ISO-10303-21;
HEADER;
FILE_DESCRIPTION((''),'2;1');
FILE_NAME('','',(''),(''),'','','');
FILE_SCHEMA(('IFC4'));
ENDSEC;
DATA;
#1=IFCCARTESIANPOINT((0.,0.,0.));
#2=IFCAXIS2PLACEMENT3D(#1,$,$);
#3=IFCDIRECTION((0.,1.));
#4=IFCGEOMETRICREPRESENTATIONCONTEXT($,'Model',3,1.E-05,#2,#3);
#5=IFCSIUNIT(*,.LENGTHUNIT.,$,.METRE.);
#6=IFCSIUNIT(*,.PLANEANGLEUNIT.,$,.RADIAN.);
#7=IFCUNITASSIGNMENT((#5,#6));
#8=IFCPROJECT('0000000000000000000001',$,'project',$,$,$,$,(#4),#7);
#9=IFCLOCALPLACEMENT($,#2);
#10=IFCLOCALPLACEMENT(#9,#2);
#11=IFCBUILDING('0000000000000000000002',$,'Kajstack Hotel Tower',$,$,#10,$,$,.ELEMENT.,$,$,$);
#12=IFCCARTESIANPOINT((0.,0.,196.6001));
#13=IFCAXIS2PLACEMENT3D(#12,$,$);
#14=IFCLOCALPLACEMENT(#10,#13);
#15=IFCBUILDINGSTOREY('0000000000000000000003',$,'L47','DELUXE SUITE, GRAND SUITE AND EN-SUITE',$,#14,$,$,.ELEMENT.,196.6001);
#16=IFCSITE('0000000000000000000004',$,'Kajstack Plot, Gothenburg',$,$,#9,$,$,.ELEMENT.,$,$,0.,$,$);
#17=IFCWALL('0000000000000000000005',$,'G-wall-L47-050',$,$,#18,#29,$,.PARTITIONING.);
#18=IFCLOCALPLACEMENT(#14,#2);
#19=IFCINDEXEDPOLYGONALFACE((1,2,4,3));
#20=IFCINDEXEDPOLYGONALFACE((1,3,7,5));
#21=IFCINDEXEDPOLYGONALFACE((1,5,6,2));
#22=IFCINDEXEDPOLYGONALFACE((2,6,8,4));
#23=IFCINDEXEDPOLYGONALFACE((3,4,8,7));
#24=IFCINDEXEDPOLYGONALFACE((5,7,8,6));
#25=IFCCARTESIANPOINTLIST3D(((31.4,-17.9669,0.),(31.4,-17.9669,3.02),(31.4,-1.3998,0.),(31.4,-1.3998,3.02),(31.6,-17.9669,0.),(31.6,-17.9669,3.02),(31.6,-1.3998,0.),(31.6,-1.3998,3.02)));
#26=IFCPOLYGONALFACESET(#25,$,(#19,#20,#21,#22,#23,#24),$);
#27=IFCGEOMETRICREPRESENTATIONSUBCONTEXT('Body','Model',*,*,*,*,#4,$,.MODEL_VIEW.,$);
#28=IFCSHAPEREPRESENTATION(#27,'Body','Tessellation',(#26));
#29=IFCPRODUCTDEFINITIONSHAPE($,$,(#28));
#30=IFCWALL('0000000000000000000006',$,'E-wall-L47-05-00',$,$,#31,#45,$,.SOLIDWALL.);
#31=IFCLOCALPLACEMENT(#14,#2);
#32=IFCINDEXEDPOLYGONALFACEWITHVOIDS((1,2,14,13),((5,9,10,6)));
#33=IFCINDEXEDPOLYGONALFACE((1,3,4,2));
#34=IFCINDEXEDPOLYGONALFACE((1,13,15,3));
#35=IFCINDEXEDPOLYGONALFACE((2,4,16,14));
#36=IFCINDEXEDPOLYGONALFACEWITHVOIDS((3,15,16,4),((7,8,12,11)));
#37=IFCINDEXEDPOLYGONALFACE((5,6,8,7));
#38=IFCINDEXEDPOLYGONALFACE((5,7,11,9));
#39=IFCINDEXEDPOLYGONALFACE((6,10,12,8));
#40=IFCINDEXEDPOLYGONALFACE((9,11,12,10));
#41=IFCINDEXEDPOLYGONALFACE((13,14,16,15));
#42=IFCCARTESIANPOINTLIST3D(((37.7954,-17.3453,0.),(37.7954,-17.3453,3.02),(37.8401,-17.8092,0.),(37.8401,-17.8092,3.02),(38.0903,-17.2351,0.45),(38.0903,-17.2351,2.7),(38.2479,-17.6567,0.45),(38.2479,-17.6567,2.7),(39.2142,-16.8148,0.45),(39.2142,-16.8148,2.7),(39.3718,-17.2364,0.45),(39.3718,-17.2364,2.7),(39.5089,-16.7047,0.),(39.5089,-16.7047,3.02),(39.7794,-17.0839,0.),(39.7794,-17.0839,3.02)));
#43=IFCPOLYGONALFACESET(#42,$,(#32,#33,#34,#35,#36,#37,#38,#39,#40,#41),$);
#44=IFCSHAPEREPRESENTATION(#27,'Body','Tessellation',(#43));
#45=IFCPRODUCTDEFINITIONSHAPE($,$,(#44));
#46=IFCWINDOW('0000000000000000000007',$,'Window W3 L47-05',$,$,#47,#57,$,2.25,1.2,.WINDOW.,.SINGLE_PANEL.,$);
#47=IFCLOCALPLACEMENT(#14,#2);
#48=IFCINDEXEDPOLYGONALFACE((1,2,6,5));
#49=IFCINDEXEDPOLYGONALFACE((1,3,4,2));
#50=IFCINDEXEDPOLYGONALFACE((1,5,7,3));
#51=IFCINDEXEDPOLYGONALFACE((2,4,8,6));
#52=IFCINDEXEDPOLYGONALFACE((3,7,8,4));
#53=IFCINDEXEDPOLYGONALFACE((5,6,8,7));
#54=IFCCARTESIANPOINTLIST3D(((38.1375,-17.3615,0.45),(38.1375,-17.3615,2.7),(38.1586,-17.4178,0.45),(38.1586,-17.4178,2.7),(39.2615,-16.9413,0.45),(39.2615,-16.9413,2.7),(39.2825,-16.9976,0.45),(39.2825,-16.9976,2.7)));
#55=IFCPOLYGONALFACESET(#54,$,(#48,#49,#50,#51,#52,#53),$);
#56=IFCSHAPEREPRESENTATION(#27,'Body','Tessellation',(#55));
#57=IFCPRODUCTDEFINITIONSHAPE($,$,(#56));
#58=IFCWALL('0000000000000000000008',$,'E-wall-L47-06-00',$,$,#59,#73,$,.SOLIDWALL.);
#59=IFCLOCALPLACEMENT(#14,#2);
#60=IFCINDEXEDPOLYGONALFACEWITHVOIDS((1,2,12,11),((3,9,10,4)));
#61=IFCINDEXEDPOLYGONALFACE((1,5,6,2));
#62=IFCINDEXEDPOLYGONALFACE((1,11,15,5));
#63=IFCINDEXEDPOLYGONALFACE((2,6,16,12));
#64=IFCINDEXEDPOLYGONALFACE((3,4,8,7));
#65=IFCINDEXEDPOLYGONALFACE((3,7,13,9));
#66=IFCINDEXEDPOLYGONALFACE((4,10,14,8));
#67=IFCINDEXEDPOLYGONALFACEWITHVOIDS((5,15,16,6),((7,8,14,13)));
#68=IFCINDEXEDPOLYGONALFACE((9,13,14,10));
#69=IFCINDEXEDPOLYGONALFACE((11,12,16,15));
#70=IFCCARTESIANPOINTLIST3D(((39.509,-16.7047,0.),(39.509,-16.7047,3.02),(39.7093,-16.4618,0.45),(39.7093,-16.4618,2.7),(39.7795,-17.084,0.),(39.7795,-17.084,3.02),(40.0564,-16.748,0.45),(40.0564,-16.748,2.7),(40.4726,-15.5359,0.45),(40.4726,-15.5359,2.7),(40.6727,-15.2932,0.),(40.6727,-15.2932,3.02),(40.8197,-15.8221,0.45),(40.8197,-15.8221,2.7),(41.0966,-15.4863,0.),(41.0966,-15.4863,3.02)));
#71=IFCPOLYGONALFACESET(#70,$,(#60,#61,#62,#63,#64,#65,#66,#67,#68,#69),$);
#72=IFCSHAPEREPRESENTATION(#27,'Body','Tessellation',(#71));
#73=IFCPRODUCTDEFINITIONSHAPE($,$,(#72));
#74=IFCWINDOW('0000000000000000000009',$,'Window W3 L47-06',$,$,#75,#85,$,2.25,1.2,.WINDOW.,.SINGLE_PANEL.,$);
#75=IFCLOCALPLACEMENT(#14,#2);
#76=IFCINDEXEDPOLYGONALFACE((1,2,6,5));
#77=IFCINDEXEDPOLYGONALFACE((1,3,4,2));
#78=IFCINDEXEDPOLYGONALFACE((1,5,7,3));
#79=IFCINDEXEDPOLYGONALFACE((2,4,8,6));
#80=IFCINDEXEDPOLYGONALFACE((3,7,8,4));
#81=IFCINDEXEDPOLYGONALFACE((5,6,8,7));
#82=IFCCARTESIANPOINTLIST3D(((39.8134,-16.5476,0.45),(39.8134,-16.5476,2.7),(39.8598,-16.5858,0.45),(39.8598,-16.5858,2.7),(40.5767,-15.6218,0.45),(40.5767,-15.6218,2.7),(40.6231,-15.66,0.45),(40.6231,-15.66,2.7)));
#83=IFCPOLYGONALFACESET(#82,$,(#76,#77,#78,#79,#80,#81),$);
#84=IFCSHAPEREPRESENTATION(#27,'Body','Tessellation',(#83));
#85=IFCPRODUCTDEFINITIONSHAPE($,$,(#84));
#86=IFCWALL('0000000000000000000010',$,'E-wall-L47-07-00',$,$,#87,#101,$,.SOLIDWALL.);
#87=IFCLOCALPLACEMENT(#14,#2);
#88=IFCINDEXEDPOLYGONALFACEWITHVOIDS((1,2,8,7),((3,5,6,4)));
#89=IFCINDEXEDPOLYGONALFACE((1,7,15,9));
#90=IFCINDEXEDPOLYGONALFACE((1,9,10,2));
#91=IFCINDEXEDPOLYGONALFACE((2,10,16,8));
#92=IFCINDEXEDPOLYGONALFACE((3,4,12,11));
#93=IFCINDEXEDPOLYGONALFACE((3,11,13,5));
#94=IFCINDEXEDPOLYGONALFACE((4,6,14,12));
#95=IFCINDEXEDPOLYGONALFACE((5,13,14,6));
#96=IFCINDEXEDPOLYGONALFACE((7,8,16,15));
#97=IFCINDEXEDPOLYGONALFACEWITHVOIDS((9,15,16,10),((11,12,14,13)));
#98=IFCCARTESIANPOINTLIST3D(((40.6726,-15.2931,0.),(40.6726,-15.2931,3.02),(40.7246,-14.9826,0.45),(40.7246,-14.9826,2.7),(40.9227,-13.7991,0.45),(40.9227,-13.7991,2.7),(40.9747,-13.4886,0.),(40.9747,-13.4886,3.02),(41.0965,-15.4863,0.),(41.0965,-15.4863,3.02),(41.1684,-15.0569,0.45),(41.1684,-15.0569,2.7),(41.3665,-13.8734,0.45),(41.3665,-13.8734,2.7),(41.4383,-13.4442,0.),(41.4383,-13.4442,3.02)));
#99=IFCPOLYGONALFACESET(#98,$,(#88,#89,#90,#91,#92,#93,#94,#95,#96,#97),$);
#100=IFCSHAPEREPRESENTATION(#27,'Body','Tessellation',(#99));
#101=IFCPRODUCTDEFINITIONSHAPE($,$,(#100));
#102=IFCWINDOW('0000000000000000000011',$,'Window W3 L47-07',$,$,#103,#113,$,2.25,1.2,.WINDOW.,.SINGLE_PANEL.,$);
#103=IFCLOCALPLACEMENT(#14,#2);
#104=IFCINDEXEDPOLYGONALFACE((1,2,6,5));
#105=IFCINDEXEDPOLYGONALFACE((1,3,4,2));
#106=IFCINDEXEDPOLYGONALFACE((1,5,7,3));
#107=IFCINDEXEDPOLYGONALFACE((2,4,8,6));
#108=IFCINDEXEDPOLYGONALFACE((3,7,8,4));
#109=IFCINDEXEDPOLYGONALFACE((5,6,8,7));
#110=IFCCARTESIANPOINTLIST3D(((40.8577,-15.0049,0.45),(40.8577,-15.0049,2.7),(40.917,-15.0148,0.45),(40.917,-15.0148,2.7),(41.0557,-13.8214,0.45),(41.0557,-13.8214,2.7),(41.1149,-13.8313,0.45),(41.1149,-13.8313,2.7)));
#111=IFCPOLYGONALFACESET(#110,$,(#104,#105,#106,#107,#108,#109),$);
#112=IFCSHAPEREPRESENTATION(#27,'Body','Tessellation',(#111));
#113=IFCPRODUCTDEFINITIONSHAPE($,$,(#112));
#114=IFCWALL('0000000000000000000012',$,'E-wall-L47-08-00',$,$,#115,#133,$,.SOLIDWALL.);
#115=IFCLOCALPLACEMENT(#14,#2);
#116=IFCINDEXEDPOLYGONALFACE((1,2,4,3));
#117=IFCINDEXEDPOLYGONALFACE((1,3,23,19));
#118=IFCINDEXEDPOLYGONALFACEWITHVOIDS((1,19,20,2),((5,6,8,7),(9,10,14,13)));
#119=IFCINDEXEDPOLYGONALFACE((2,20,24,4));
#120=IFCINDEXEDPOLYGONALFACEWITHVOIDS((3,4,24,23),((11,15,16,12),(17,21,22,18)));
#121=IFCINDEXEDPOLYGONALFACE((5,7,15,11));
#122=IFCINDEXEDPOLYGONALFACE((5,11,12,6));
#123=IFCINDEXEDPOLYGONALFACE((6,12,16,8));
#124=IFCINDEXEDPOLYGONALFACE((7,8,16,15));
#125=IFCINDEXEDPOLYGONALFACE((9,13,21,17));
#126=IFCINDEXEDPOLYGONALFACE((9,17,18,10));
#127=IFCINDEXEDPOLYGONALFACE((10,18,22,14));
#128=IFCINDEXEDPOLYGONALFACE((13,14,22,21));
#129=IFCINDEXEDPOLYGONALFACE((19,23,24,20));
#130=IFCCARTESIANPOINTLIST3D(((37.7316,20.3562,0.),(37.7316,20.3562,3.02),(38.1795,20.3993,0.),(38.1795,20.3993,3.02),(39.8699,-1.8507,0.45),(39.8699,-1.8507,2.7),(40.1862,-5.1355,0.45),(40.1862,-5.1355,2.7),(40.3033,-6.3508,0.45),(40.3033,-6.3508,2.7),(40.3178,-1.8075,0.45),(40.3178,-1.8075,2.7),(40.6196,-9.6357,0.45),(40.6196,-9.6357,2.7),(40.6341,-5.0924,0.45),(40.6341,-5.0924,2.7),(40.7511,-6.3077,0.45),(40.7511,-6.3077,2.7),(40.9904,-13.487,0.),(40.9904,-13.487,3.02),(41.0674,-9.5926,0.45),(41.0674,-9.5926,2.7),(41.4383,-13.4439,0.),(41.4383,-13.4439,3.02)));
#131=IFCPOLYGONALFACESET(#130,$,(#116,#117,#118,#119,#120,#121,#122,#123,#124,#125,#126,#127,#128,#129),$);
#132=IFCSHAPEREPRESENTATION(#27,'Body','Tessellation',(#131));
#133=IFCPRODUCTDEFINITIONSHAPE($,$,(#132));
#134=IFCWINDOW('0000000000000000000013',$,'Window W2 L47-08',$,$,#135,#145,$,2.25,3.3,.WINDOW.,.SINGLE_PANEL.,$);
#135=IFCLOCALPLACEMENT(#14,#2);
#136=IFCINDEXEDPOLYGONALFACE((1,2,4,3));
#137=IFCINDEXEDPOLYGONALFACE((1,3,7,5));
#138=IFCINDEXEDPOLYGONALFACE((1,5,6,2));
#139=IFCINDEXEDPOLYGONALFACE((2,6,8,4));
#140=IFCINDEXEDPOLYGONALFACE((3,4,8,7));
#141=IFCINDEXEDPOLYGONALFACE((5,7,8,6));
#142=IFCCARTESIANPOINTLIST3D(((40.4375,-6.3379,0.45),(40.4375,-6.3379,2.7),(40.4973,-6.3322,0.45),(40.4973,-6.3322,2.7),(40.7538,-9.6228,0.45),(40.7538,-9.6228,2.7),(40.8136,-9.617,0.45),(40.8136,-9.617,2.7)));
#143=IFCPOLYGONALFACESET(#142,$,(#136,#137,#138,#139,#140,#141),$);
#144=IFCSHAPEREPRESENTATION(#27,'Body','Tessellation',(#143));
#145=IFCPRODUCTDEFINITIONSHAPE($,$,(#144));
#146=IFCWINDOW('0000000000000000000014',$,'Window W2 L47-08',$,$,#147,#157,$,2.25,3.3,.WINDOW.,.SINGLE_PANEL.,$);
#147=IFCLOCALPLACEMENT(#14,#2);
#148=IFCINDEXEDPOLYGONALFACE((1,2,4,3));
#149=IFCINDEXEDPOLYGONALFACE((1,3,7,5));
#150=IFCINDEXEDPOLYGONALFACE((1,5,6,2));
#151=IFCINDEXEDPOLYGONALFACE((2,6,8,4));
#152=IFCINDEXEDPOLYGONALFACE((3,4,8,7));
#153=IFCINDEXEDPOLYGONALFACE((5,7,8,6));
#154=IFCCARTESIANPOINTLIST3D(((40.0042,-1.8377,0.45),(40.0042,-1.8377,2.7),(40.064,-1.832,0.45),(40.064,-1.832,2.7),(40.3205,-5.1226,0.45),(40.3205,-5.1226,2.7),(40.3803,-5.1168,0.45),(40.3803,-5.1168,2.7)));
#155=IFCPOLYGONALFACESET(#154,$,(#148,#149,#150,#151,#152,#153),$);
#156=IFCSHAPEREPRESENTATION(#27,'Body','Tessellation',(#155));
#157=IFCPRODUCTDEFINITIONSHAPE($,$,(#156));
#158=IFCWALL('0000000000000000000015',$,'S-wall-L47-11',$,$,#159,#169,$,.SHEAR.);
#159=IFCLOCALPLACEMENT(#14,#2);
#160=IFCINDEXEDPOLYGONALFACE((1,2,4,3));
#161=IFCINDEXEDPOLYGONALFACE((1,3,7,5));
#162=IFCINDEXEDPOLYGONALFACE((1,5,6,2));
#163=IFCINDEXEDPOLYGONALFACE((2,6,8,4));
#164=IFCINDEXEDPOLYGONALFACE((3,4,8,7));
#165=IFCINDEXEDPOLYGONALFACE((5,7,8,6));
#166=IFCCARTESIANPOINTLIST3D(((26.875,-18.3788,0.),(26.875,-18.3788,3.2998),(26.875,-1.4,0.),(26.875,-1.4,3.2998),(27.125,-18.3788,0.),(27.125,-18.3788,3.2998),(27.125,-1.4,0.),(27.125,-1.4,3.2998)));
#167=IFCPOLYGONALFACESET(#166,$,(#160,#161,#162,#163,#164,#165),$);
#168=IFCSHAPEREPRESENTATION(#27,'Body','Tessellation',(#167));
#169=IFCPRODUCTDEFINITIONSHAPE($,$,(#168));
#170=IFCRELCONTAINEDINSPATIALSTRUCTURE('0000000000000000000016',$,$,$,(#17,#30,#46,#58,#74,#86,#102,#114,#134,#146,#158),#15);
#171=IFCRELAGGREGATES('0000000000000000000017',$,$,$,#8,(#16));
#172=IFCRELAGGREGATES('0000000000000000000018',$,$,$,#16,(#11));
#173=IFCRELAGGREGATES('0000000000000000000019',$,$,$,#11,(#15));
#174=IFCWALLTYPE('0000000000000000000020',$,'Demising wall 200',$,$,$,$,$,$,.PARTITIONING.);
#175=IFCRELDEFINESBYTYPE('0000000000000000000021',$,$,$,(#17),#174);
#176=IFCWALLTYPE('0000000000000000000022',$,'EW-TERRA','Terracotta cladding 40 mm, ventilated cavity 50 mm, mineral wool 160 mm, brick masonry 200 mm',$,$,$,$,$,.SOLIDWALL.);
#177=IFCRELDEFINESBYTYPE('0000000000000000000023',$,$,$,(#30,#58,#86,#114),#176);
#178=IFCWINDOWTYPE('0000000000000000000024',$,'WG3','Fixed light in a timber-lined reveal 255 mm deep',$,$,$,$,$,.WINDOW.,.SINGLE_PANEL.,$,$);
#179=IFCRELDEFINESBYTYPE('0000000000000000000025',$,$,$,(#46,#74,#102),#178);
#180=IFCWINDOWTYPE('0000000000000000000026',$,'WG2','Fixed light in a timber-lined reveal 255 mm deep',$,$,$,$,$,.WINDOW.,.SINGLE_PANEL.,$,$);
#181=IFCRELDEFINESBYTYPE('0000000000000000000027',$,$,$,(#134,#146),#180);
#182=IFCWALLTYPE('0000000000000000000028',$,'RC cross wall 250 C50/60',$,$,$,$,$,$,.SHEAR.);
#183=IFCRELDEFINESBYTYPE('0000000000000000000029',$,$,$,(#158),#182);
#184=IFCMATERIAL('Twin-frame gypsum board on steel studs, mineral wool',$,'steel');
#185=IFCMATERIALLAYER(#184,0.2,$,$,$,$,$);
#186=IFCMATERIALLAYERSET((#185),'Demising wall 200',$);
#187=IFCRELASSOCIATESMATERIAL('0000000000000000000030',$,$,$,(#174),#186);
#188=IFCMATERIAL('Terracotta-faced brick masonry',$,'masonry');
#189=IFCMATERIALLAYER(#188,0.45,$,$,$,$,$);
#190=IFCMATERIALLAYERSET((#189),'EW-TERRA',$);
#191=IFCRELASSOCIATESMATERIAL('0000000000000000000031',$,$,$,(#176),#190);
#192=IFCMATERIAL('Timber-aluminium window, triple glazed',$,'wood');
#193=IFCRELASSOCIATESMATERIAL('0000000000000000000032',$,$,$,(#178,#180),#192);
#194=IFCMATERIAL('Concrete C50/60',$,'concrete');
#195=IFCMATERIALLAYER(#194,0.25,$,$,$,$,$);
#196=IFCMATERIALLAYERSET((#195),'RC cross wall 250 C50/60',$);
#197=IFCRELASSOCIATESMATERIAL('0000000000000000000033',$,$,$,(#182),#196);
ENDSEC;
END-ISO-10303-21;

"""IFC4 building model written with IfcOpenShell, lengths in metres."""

from ifc_helpers import new_model, si_unit, direction, frame, frame_2d, origin, place, context, subcontext, project, spatial, polyline, rectangle, outline, extrude, material, layer, layer_set, type_object, element, fill, save


model = new_model("IFC4")

# Units and contexts
model_context = context("Model", 3, precision=1e-05, world=origin(), true_north=direction((0.0, 1.0)))
body_context = subcontext(model_context, "Body", "Model", "MODEL_VIEW")
ifc_project = project(units=[si_unit("LENGTHUNIT", "METRE"), si_unit("PLANEANGLEUNIT", "RADIAN")], contexts=[model_context])

# Site, building, storey
site_placement = place(None, origin())
site = spatial("IfcSite", under=ifc_project, at=site_placement, Name="Kajstack Plot, Gothenburg", CompositionType="ELEMENT", RefElevation=0.0)
building_placement = place(site_placement, origin())
building = spatial("IfcBuilding", under=site, at=building_placement, Name="Kajstack Hotel Tower", CompositionType="ELEMENT")
storey_placement = place(building_placement, frame((0.0, 0.0, 196.6001)))
storey = spatial("IfcBuildingStorey", under=building, at=storey_placement, Name="L47", Description="DELUXE SUITE, GRAND SUITE AND EN-SUITE", CompositionType="ELEMENT", Elevation=196.6001)

# Wall
ifc_material_1 = material(Name="Twin-frame gypsum board on steel studs, mineral wool", Category="steel")
ifc_layer_1 = layer(ifc_material_1, 0.2)
ifc_layer_set_1 = layer_set([ifc_layer_1], Name="Demising wall 200")
wall_type_1 = type_object("IfcWallType", Name="Demising wall 200", PredefinedType="PARTITIONING", material=ifc_layer_set_1)
wall_1_placement = place(storey_placement, frame((31.5, -17.967, 0.0), z_axis=(0.0, 0.0, 1.0), x_axis=(0.0, 1.0, 0.0)))
element("IfcWall", 1, at=wall_1_placement, inside=storey, type_object=wall_type_1, Name="G-wall-L47-050", PredefinedType="PARTITIONING", context=body_context, shape_type="SweptSolid", body=[
    extrude(rectangle(XDim=16.5671, YDim=0.2, at=frame_2d((8.2837, 0.0))), origin(), (0.0, 0.0, 1.0), 3.02),
])

# Walls, openings, windows
ifc_material_2 = material(Name="Terracotta-faced brick masonry", Category="masonry")
ifc_layer_2 = layer(ifc_material_2, 0.45)
ifc_layer_set_2 = layer_set([ifc_layer_2], Name="EW-TERRA")
wall_type_2 = type_object("IfcWallType", Name="EW-TERRA", Description="Terracotta cladding 40 mm, ventilated cavity 50 mm, mineral wool 160 mm, brick masonry 200 mm", PredefinedType="SOLIDWALL", material=ifc_layer_set_2)
wall_2_placement = place(storey_placement, frame((37.7612, -17.5984, 0.0), z_axis=(0.0, 0.0, 1.0), x_axis=(0.936678, 0.350193, 0.0)))
wall_2 = element("IfcWall", 2, at=wall_2_placement, inside=storey, type_object=wall_type_2, Name="E-wall-L47-05-00", PredefinedType="SOLIDWALL", context=body_context, shape_type="SweptSolid", body=[
    extrude(outline(polyline([(0.0, -0.2251), (2.0706, -0.2249), (1.95, 0.2251), (0.1206, 0.2251), (0.0, -0.2251)])), origin(), (0.0, 0.0, 1.0), 3.02),
])
opening_1_placement = place(wall_2_placement, frame((0.4353, 0.0, 0.45)))
opening_1 = element("IfcOpeningElement", 3, at=opening_1_placement, cuts=wall_2, PredefinedType="OPENING", context=body_context, shape_type="SweptSolid", body=[
    extrude(rectangle(XDim=1.2, YDim=2.25, at=frame_2d((0.6001, 1.125))), frame((0.0, 0.2349, 0.0), z_axis=(0.0, -1.0, 0.0), x_axis=(1.0, 0.0, 0.0)), (0.0, 0.0, 1.0), 0.47),
])
ifc_material_3 = material(Name="Timber-aluminium window, triple glazed", Category="wood")
window_type_1 = type_object("IfcWindowType", Name="WG3", Description="Fixed light in a timber-lined reveal 255 mm deep", PartitioningType="SINGLE_PANEL", PredefinedType="WINDOW", material=ifc_material_3)
window_1_placement = place(opening_1_placement, origin())
window_1 = element("IfcWindow", 4, at=window_1_placement, inside=storey, type_object=window_type_1, Name="Window W3 L47-05", OverallHeight=2.25, OverallWidth=1.2, PartitioningType="SINGLE_PANEL", PredefinedType="WINDOW", context=body_context, shape_type="SweptSolid", body=[
    extrude(rectangle(XDim=1.2, YDim=2.25, at=frame_2d((0.6001, 1.125))), frame((0.0, 0.0901, 0.0), z_axis=(0.0, -1.0, 0.0), x_axis=(1.0, 0.0, 0.0)), (0.0, 0.0, 1.0), 0.0601),
])
fill(opening_1, window_1)
wall_3_placement = place(storey_placement, frame((39.606, -16.9409, 0.0), z_axis=(0.0, 0.0, 1.0), x_axis=(0.636116, 0.771593, 0.0)))
wall_3 = element("IfcWall", 5, at=wall_3_placement, inside=storey, type_object=wall_type_2, Name="E-wall-L47-06-00", PredefinedType="SOLIDWALL", context=body_context, shape_type="SweptSolid", body=[
    extrude(outline(polyline([(0.0, -0.2249), (2.0706, -0.2249), (1.95, 0.2251), (0.1206, 0.2251), (0.0, -0.2249)])), origin(), (0.0, 0.0, 1.0), 3.02),
])
opening_2_placement = place(wall_3_placement, frame((0.4353, 0.0, 0.45)))
opening_2 = element("IfcOpeningElement", 6, at=opening_2_placement, cuts=wall_3, PredefinedType="OPENING", context=body_context, shape_type="SweptSolid", body=[
    extrude(rectangle(XDim=1.2, YDim=2.25, at=frame_2d((0.6001, 1.125))), frame((0.0, 0.2349, 0.0), z_axis=(0.0, -1.0, 0.0), x_axis=(1.0, 0.0, 0.0)), (0.0, 0.0, 1.0), 0.47),
])
window_2_placement = place(opening_2_placement, origin())
window_2 = element("IfcWindow", 7, at=window_2_placement, inside=storey, type_object=window_type_1, Name="Window W3 L47-06", OverallHeight=2.25, OverallWidth=1.2, PartitioningType="SINGLE_PANEL", PredefinedType="WINDOW", context=body_context, shape_type="SweptSolid", body=[
    extrude(rectangle(XDim=1.2, YDim=2.25, at=frame_2d((0.6001, 1.125))), frame((0.0, 0.0901, 0.0), z_axis=(0.0, -1.0, 0.0), x_axis=(1.0, 0.0, 0.0)), (0.0, 0.0, 1.0), 0.0601),
])
fill(opening_2, window_2)
wall_4_placement = place(storey_placement, frame((40.8748, -15.4492, 0.0), z_axis=(0.0, 0.0, 1.0), x_axis=(0.164953, 0.986301, 0.0)))
wall_4 = element("IfcWall", 8, at=wall_4_placement, inside=storey, type_object=wall_type_2, Name="E-wall-L47-07-00", PredefinedType="SOLIDWALL", context=body_context, shape_type="SweptSolid", body=[
    extrude(outline(polyline([(0.0, -0.2249), (2.0706, -0.2251), (1.9502, 0.2249), (0.1206, 0.2251), (0.0, -0.2249)])), origin(), (0.0, 0.0, 1.0), 3.02),
])
opening_3_placement = place(wall_4_placement, frame((0.4353, 0.0, 0.45)))
opening_3 = element("IfcOpeningElement", 9, at=opening_3_placement, cuts=wall_4, PredefinedType="OPENING", context=body_context, shape_type="SweptSolid", body=[
    extrude(rectangle(XDim=1.2, YDim=2.25, at=frame_2d((0.6001, 1.125))), frame((0.0, 0.2349, 0.0), z_axis=(0.0, -1.0, 0.0), x_axis=(1.0, 0.0, 0.0)), (0.0, 0.0, 1.0), 0.47),
])
window_3_placement = place(opening_3_placement, origin())
window_3 = element("IfcWindow", 10, at=window_3_placement, inside=storey, type_object=window_type_1, Name="Window W3 L47-07", OverallHeight=2.25, OverallWidth=1.2, PartitioningType="SINGLE_PANEL", PredefinedType="WINDOW", context=body_context, shape_type="SweptSolid", body=[
    extrude(rectangle(XDim=1.2, YDim=2.25, at=frame_2d((0.6001, 1.125))), frame((0.0, 0.0901, 0.0), z_axis=(0.0, -1.0, 0.0), x_axis=(1.0, 0.0, 0.0)), (0.0, 0.0, 1.0), 0.0601),
])
fill(opening_3, window_3)

# Wall, openings, windows
wall_5_placement = place(storey_placement, frame((41.2144, -13.4656, 0.0), z_axis=(0.0, 0.0, 1.0), x_axis=(-0.095847, 0.995396, 0.0)))
wall_5 = element("IfcWall", 11, at=wall_5_placement, inside=storey, type_object=wall_type_2, Name="E-wall-L47-08-00", PredefinedType="SOLIDWALL", context=body_context, shape_type="SweptSolid", body=[
    extrude(rectangle(XDim=33.9998, YDim=0.45, at=frame_2d((17.0, 0.0))), origin(), (0.0, 0.0, 1.0), 3.02),
])
opening_4_placement = place(wall_5_placement, frame((3.8694, 0.0, 0.45)))
opening_4 = element("IfcOpeningElement", 12, at=opening_4_placement, cuts=wall_5, PredefinedType="OPENING", context=body_context, shape_type="SweptSolid", body=[
    extrude(rectangle(XDim=3.3, YDim=2.25, at=frame_2d((1.6499, 1.125))), frame((0.0, 0.2349, 0.0), z_axis=(0.0, -1.0, 0.0), x_axis=(1.0, 0.0, 0.0)), (0.0, 0.0, 1.0), 0.47),
])
opening_5_placement = place(wall_5_placement, frame((8.3904, 0.0, 0.45)))
opening_5 = element("IfcOpeningElement", 13, at=opening_5_placement, cuts=wall_5, PredefinedType="OPENING", context=body_context, shape_type="SweptSolid", body=[
    extrude(rectangle(XDim=3.3, YDim=2.25, at=frame_2d((1.6499, 1.125))), frame((0.0, 0.2349, 0.0), z_axis=(0.0, -1.0, 0.0), x_axis=(1.0, 0.0, 0.0)), (0.0, 0.0, 1.0), 0.47),
])
window_type_2 = type_object("IfcWindowType", Name="WG2", Description="Fixed light in a timber-lined reveal 255 mm deep", PartitioningType="SINGLE_PANEL", PredefinedType="WINDOW", material=ifc_material_3)
window_4_placement = place(opening_4_placement, origin())
window_4 = element("IfcWindow", 14, at=window_4_placement, inside=storey, type_object=window_type_2, Name="Window W2 L47-08", OverallHeight=2.25, OverallWidth=3.3, PartitioningType="SINGLE_PANEL", PredefinedType="WINDOW", context=body_context, shape_type="SweptSolid", body=[
    extrude(rectangle(XDim=3.3, YDim=2.25, at=frame_2d((1.6499, 1.125))), frame((0.0, 0.0901, 0.0), z_axis=(0.0, -1.0, 0.0), x_axis=(1.0, 0.0, 0.0)), (0.0, 0.0, 1.0), 0.0601),
])
fill(opening_4, window_4)
window_5_placement = place(opening_5_placement, origin())
window_5 = element("IfcWindow", 15, at=window_5_placement, inside=storey, type_object=window_type_2, Name="Window W2 L47-08", OverallHeight=2.25, OverallWidth=3.3, PartitioningType="SINGLE_PANEL", PredefinedType="WINDOW", context=body_context, shape_type="SweptSolid", body=[
    extrude(rectangle(XDim=3.3, YDim=2.25, at=frame_2d((1.6499, 1.125))), frame((0.0, 0.0901, 0.0), z_axis=(0.0, -1.0, 0.0), x_axis=(1.0, 0.0, 0.0)), (0.0, 0.0, 1.0), 0.0601),
])
fill(opening_5, window_5)

# Wall
ifc_material_4 = material(Name="Concrete C50/60", Category="concrete")
ifc_layer_3 = layer(ifc_material_4, 0.25)
ifc_layer_set_3 = layer_set([ifc_layer_3], Name="RC cross wall 250 C50/60")
wall_type_3 = type_object("IfcWallType", Name="RC cross wall 250 C50/60", PredefinedType="SHEAR", material=ifc_layer_set_3)
wall_6_placement = place(storey_placement, frame((27.0, -18.3787, 0.0), z_axis=(0.0, 0.0, 1.0), x_axis=(0.0, 1.0, 0.0)))
element("IfcWall", 16, at=wall_6_placement, inside=storey, type_object=wall_type_3, Name="S-wall-L47-11", PredefinedType="SHEAR", context=body_context, shape_type="SweptSolid", body=[
    extrude(rectangle(XDim=16.9788, YDim=0.25, at=frame_2d((8.4893, 0.0))), origin(), (0.0, 0.0, 1.0), 3.2998),
])

save(model, "model.ifc")
